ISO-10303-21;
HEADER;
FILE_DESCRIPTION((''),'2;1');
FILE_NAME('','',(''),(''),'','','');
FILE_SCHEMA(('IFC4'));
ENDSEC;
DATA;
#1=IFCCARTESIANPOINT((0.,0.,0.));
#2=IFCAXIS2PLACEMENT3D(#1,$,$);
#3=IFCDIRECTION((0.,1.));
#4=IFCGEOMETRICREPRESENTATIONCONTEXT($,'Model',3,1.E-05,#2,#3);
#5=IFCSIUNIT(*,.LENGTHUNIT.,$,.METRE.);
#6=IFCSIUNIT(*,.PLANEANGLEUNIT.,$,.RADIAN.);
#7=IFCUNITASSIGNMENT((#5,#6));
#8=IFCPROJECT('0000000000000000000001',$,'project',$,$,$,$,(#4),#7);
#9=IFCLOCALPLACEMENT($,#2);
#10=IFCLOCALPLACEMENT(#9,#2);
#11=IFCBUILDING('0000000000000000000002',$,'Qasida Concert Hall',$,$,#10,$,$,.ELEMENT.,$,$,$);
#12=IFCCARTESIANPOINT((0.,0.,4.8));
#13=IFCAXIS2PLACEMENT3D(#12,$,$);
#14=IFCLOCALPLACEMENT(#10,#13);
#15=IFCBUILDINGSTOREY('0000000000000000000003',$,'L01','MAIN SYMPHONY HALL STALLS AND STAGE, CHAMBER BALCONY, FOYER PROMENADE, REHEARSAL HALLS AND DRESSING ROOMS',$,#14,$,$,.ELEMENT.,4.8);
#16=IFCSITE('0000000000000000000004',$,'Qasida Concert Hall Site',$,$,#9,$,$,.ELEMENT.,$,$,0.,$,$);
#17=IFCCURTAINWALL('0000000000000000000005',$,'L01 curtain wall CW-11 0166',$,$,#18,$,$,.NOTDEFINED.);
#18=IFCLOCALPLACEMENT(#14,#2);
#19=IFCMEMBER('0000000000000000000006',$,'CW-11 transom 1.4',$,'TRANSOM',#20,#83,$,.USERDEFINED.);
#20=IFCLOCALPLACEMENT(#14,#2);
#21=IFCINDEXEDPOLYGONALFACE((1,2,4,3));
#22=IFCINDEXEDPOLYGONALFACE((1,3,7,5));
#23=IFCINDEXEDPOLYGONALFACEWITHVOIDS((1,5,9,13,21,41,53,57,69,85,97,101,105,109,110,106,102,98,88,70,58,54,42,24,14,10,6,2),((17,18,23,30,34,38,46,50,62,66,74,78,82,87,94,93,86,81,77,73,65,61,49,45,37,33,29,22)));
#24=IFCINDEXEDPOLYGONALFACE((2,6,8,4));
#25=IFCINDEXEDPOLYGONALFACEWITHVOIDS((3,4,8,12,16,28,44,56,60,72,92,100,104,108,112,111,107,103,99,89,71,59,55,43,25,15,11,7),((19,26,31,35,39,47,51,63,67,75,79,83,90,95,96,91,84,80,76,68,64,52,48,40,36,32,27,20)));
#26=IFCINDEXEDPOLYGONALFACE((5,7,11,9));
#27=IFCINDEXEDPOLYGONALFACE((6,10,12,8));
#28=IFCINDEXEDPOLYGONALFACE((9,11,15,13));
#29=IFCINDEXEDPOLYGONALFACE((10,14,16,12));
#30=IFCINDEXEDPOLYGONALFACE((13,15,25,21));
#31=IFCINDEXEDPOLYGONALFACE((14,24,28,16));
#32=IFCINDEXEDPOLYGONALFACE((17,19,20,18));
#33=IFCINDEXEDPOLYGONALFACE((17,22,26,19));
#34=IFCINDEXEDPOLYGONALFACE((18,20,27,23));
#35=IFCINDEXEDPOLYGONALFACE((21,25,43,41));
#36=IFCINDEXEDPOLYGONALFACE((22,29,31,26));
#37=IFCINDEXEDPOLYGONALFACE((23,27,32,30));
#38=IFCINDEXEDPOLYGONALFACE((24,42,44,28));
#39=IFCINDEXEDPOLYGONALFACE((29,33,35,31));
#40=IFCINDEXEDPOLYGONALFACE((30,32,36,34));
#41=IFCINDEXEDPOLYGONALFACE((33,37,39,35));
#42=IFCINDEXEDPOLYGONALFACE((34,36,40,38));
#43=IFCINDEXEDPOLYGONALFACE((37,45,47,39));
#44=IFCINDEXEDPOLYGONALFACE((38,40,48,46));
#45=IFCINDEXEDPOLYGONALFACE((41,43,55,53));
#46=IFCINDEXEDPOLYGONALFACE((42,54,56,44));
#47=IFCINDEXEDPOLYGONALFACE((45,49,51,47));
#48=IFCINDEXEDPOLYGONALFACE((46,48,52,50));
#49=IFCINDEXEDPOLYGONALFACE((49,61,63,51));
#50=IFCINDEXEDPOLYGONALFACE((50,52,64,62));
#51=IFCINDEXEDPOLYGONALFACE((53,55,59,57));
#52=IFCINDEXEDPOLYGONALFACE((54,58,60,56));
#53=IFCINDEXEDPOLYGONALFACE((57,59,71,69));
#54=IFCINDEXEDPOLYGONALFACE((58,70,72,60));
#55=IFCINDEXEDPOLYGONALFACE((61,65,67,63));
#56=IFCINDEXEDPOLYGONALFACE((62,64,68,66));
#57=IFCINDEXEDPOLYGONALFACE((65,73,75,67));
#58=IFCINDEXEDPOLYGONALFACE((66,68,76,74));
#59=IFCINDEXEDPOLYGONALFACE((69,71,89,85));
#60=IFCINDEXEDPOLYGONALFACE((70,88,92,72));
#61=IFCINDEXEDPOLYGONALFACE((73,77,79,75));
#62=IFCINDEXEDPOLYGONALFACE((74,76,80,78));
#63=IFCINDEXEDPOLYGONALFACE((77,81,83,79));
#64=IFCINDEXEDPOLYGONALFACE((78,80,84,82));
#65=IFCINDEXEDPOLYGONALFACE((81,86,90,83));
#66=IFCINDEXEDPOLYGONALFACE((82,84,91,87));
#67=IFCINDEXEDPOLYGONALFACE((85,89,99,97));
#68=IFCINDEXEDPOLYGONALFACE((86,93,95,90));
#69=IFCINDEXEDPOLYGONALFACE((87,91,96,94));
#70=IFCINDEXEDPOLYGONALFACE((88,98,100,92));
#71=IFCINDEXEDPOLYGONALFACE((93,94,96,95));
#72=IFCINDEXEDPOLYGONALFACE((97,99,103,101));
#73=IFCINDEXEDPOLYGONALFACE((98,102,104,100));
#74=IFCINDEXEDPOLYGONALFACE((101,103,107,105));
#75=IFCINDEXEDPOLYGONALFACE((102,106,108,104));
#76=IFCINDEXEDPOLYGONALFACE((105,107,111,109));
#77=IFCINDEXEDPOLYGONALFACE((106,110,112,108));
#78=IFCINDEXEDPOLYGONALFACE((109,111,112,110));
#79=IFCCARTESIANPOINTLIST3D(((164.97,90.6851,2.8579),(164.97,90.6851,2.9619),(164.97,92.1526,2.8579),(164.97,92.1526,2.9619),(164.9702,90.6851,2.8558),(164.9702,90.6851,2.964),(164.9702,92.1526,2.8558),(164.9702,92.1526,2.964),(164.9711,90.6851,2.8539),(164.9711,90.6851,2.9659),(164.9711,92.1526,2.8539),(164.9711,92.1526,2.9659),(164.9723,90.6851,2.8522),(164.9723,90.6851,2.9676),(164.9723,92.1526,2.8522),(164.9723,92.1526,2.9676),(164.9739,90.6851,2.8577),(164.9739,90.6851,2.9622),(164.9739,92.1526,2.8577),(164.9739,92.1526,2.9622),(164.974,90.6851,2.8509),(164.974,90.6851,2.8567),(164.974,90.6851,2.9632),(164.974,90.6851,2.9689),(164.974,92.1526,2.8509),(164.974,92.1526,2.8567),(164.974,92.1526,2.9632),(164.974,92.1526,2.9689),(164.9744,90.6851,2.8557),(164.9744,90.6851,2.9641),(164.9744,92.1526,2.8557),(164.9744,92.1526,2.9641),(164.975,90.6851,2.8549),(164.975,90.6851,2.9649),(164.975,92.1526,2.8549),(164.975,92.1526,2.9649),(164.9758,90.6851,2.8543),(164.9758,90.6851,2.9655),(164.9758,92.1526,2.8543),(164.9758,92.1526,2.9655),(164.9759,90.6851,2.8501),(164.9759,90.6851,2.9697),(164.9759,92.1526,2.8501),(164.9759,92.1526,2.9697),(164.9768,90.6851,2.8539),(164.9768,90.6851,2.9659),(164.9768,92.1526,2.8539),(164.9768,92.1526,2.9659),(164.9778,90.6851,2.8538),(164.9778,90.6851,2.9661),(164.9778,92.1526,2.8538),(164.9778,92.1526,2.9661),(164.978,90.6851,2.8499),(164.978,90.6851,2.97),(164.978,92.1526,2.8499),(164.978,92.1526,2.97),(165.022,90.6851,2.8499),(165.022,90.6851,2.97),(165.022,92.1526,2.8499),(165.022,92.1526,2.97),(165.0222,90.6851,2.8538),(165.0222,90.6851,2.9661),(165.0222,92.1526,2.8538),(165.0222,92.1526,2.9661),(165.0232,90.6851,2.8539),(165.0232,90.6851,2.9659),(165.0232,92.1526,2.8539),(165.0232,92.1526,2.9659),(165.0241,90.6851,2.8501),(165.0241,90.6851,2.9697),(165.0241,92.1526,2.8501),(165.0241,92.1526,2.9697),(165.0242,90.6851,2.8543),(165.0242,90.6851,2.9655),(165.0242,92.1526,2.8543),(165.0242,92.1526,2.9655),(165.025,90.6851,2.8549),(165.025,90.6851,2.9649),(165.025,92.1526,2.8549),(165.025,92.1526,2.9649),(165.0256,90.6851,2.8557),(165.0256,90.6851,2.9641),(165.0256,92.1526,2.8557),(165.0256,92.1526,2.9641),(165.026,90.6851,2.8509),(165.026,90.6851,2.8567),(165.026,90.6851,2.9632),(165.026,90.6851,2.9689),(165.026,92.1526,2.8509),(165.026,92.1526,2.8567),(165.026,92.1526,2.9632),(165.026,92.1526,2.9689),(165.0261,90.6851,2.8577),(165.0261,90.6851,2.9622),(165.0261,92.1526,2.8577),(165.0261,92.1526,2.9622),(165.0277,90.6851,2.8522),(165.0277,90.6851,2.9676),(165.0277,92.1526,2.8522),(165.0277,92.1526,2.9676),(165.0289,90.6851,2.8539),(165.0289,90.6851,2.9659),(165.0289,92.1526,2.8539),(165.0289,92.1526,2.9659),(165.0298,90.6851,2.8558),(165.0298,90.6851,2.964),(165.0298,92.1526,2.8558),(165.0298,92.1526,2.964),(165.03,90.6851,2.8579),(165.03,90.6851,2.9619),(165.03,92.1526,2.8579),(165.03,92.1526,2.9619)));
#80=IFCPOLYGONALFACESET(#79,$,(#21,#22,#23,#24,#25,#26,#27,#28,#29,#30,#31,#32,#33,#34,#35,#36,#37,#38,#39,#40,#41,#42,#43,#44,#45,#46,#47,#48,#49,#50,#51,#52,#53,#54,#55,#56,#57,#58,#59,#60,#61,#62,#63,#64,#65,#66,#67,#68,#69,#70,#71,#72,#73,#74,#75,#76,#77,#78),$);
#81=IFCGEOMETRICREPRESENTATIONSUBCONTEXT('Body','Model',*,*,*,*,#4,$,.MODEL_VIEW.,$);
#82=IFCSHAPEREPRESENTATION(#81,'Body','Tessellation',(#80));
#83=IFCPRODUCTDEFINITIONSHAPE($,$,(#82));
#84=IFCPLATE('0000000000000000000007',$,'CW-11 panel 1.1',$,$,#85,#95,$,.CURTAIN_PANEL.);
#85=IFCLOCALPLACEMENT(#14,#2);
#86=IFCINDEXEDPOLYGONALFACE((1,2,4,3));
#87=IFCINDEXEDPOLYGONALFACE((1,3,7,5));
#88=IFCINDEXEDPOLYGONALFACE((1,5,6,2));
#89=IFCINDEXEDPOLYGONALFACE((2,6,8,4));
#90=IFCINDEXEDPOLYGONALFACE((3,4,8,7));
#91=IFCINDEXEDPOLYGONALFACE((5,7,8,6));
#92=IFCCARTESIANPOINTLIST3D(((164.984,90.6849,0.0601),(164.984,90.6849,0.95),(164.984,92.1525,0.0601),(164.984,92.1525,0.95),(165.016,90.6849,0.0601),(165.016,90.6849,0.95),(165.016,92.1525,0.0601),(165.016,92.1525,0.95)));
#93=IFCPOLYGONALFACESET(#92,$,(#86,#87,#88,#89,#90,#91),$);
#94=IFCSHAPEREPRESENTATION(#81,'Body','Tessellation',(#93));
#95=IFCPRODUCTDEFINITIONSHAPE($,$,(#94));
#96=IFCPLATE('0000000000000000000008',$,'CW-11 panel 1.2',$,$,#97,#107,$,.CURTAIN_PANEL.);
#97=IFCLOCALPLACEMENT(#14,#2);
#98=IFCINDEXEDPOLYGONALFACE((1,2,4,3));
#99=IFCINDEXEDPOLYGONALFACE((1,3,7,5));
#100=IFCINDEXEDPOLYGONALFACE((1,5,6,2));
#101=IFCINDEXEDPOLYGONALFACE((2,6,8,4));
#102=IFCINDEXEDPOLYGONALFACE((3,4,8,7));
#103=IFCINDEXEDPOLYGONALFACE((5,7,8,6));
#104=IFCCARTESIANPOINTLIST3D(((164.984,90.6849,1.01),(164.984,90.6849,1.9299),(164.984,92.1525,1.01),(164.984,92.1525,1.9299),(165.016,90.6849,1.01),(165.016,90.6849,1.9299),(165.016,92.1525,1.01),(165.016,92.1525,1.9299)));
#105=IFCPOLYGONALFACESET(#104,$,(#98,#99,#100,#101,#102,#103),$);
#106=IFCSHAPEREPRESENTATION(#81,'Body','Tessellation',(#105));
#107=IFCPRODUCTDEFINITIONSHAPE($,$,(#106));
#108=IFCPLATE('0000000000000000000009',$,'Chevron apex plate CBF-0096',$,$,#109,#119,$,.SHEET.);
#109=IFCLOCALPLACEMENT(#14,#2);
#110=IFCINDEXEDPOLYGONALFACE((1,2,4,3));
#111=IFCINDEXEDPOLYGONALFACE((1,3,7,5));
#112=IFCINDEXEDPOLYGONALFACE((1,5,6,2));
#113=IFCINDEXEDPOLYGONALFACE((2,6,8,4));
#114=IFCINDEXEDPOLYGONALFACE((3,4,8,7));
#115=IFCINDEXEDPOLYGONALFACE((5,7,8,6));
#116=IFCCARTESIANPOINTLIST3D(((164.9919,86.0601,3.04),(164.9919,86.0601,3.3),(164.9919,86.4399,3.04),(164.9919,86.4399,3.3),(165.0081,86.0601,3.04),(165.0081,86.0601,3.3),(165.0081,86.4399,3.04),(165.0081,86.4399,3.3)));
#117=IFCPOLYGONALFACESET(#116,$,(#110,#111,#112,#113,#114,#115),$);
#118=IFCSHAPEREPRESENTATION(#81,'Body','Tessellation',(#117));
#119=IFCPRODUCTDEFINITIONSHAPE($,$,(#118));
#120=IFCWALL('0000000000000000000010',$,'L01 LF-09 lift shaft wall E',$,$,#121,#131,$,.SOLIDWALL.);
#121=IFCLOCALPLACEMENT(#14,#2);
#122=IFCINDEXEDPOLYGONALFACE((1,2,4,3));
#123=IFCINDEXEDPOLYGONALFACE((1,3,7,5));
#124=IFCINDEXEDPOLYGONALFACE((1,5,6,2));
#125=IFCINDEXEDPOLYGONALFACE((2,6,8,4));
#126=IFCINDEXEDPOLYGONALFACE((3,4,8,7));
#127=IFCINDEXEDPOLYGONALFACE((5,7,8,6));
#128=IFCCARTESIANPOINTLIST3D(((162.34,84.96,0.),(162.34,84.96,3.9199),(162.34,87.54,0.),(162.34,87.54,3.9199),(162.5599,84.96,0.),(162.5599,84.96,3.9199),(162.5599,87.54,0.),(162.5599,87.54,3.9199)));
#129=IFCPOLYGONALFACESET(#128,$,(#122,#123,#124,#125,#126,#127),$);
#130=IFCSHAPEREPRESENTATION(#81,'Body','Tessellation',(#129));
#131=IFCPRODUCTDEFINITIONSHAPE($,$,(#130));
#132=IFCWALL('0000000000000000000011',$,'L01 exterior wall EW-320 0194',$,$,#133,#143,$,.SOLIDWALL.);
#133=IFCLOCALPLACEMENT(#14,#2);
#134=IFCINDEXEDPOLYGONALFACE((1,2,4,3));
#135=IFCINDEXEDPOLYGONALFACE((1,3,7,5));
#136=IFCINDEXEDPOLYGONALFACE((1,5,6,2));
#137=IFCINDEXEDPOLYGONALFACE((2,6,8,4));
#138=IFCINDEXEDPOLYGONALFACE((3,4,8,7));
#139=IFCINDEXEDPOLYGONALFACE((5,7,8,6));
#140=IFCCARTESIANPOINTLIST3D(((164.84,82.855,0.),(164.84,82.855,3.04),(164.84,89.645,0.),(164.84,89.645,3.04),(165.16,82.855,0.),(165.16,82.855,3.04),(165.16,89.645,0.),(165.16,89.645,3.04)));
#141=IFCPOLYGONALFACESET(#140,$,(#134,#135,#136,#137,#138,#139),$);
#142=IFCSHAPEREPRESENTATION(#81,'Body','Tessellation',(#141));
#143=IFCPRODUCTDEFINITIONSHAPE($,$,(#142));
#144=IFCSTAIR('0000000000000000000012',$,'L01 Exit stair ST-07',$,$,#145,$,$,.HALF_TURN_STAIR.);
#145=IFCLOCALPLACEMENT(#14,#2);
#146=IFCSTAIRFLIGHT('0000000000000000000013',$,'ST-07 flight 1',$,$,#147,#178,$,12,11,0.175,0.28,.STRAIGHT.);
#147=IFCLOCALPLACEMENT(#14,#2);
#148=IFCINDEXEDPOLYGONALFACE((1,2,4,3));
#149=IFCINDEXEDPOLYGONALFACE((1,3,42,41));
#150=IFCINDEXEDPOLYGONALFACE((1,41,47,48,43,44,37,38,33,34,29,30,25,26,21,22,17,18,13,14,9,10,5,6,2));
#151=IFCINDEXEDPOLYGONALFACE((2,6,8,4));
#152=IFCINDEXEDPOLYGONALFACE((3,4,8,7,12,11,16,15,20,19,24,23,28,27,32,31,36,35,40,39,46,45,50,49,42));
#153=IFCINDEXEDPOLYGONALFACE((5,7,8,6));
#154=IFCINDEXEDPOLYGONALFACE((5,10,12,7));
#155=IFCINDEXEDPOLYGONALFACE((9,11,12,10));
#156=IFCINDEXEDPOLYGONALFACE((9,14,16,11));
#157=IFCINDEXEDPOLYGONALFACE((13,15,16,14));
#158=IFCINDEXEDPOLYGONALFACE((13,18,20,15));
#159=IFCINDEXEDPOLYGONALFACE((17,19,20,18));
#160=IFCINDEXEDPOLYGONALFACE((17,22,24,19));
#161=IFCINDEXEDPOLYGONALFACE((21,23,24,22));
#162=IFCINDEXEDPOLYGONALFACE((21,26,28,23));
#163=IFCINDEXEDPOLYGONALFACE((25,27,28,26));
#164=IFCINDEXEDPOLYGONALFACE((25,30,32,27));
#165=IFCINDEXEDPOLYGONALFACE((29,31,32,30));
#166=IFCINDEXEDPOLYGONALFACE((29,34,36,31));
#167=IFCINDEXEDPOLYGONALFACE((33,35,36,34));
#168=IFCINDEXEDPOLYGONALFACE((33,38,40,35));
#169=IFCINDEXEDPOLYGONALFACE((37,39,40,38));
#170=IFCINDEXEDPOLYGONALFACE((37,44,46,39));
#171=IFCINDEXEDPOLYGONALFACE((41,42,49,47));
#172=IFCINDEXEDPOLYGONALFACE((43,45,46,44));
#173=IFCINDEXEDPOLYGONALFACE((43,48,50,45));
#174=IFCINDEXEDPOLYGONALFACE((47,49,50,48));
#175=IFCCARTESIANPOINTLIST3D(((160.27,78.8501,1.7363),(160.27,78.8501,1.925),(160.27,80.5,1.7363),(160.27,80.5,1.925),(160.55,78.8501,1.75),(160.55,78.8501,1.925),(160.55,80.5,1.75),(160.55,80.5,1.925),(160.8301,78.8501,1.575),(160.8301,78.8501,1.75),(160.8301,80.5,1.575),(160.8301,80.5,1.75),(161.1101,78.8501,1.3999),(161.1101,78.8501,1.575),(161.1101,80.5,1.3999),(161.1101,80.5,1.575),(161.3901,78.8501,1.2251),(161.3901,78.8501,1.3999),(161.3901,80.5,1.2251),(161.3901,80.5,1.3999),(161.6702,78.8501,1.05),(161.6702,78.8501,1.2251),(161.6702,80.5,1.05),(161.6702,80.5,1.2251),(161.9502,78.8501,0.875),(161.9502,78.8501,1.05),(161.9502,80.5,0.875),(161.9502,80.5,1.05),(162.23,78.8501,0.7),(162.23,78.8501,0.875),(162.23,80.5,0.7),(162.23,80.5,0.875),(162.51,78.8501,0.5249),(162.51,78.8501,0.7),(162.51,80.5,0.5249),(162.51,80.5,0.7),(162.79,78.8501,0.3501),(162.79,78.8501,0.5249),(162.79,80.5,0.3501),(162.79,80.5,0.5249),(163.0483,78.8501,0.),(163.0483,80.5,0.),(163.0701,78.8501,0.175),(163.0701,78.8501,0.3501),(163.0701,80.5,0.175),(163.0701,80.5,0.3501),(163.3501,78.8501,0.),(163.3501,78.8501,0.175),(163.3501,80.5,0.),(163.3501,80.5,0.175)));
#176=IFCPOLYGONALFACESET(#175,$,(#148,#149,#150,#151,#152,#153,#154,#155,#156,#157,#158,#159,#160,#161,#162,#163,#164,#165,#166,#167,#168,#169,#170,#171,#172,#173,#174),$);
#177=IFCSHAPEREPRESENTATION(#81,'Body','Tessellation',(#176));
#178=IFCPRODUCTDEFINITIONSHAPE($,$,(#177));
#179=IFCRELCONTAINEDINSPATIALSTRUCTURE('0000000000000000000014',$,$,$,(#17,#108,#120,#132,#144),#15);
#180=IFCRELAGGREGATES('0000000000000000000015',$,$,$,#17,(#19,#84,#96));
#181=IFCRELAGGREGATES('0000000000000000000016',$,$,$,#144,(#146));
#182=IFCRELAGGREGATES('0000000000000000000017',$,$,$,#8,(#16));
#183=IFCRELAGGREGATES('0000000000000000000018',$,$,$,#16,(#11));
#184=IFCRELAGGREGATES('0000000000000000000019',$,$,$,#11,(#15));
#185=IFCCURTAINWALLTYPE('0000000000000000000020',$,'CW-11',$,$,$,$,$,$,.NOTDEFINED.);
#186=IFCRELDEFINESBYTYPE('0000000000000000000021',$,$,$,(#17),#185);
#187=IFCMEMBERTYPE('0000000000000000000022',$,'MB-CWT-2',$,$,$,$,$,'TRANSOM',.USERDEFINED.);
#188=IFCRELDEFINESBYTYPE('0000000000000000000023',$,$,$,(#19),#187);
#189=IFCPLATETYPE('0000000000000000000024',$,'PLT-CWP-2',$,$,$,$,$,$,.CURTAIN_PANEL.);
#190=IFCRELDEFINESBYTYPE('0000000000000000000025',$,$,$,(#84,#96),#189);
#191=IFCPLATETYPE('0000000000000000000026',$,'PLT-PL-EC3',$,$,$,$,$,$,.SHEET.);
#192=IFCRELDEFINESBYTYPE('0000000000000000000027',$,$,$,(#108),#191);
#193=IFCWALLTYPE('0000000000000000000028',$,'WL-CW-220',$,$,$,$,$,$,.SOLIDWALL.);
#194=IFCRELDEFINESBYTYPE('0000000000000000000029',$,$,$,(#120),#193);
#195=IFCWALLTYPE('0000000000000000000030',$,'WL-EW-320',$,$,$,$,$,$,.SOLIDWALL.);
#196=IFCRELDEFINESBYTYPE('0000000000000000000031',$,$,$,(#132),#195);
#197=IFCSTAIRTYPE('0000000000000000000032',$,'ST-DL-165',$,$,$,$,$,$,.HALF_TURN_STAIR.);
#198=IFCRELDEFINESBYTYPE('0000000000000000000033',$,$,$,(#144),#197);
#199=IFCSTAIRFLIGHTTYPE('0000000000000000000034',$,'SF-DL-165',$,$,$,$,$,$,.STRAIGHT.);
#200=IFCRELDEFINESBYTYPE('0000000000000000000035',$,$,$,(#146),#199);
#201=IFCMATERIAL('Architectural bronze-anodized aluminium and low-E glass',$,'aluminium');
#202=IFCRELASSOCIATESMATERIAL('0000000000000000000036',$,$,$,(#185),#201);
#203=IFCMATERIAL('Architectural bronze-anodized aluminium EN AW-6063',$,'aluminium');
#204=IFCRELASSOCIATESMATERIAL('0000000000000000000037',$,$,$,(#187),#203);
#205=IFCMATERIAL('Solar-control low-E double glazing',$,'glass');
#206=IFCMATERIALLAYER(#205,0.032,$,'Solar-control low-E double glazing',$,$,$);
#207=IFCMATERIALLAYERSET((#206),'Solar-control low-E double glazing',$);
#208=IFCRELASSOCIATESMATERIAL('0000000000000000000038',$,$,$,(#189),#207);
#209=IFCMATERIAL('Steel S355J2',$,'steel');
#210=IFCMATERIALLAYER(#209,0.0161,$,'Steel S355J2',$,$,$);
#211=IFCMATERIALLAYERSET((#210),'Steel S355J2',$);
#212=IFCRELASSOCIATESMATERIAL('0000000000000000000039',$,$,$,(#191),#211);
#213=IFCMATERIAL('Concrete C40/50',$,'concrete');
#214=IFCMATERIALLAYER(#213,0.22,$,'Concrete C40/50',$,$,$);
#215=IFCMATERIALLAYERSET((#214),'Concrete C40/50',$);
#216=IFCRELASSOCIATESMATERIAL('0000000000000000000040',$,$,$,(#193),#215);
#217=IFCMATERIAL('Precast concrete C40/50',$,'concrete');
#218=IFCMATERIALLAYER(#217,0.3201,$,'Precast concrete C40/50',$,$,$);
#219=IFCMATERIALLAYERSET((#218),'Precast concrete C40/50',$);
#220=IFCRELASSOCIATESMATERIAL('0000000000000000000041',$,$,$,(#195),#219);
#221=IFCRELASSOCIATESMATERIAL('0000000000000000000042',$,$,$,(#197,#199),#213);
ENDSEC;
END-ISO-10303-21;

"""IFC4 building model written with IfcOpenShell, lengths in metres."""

from ifc_helpers import new_model, si_unit, direction, frame, frame_2d, origin, origin_2d, place, context, subcontext, project, spatial, polyline, rectangle, hollow_rectangle, outline, extrude, material, layer, layer_set, material_profile, profile_set, type_object, element, aggregate, save


model = new_model("IFC4")

# Units and contexts
model_context = context("Model", 3, precision=1e-05, world=origin(), true_north=direction((0.0, 1.0)))
body_context = subcontext(model_context, "Body", "Model", "MODEL_VIEW")
ifc_project = project(units=[si_unit("LENGTHUNIT", "METRE"), si_unit("PLANEANGLEUNIT", "RADIAN")], contexts=[model_context])

# Site, building, storey
site_placement = place(None, origin())
site = spatial("IfcSite", under=ifc_project, at=site_placement, Name="Qasida Concert Hall Site", CompositionType="ELEMENT", RefElevation=0.0)
building_placement = place(site_placement, origin())
building = spatial("IfcBuilding", under=site, at=building_placement, Name="Qasida Concert Hall", CompositionType="ELEMENT")
storey_placement = place(building_placement, frame((0.0, 0.0, 4.8)))
storey = spatial("IfcBuildingStorey", under=building, at=storey_placement, Name="L01", Description="MAIN SYMPHONY HALL STALLS AND STAGE, CHAMBER BALCONY, FOYER PROMENADE, REHEARSAL HALLS AND DRESSING ROOMS", CompositionType="ELEMENT", Elevation=4.8)

# Shared definitions
ifc_material_1 = material(Name="Concrete C40/50", Category="concrete")
ifc_material_2 = material(Name="Steel S355J2", Category="steel")

# Curtain wall, member, plates
ifc_material_3 = material(Name="Architectural bronze-anodized aluminium and low-E glass", Category="aluminium")
curtain_wall_type = type_object("IfcCurtainWallType", Name="CW-11", PredefinedType="NOTDEFINED", material=ifc_material_3)
curtain_wall_placement = place(storey_placement, origin())
curtain_wall = element("IfcCurtainWall", 1, at=curtain_wall_placement, inside=storey, type_object=curtain_wall_type, Name="L01 curtain wall CW-11 0166", PredefinedType="NOTDEFINED")
ifc_material_4 = material(Name="Architectural bronze-anodized aluminium EN AW-6063", Category="aluminium")
ifc_material_profile_1 = material_profile(ifc_material_4, hollow_rectangle(XDim=0.0601, YDim=0.1201, WallThickness=0.0039, InnerFilletRadius=0.0039, OuterFilletRadius=0.0081, at=origin_2d()), Name="CWT 120x60x4")
ifc_profile_set_1 = profile_set([ifc_material_profile_1], Name="Architectural bronze-anodized aluminium EN AW-6063")
member_type_1 = type_object("IfcMemberType", Name="MB-CWT-2", ElementType="TRANSOM", PredefinedType="USERDEFINED", material=ifc_profile_set_1)
member_1_placement = place(storey_placement, frame((165.0, 90.6851, 2.9099), z_axis=(0.0, 1.0, 0.0), x_axis=(-1.0, 0.0, 0.0)))
member_1 = element("IfcMember", 2, at=member_1_placement, type_object=member_type_1, Name="CW-11 transom 1.4", ObjectType="TRANSOM", PredefinedType="USERDEFINED", context=body_context, shape_type="SweptSolid", body=[
    extrude(hollow_rectangle(XDim=0.0601, YDim=0.1201, WallThickness=0.0039, InnerFilletRadius=0.0039, OuterFilletRadius=0.0081, at=origin_2d()), origin(), (0.0, 0.0, 1.0), 1.4675),
])
ifc_material_5 = material(Name="Solar-control low-E double glazing", Category="glass")
ifc_layer_1 = layer(ifc_material_5, 0.032, Name="Solar-control low-E double glazing")
ifc_layer_set_1 = layer_set([ifc_layer_1], Name="Solar-control low-E double glazing")
plate_type_1 = type_object("IfcPlateType", Name="PLT-CWP-2", PredefinedType="CURTAIN_PANEL", material=ifc_layer_set_1)
plate_1_placement = place(storey_placement, frame((165.0, 91.4187, 0.0601), z_axis=(0.0, 0.0, 1.0), x_axis=(0.0, 1.0, 0.0)))
plate_1 = element("IfcPlate", 3, at=plate_1_placement, type_object=plate_type_1, Name="CW-11 panel 1.1", PredefinedType="CURTAIN_PANEL", context=body_context, shape_type="SweptSolid", body=[
    extrude(rectangle(XDim=1.4675, YDim=0.032, at=origin_2d()), origin(), (0.0, 0.0, 1.0), 0.8899),
])
plate_2_placement = place(storey_placement, frame((165.0, 91.4187, 1.01), z_axis=(0.0, 0.0, 1.0), x_axis=(0.0, 1.0, 0.0)))
plate_2 = element("IfcPlate", 4, at=plate_2_placement, type_object=plate_type_1, Name="CW-11 panel 1.2", PredefinedType="CURTAIN_PANEL", context=body_context, shape_type="SweptSolid", body=[
    extrude(rectangle(XDim=1.4675, YDim=0.032, at=origin_2d()), origin(), (0.0, 0.0, 1.0), 0.9199),
])
aggregate(curtain_wall, [member_1, plate_1, plate_2])

# Plate
ifc_layer_2 = layer(ifc_material_2, 0.0161, Name="Steel S355J2")
ifc_layer_set_2 = layer_set([ifc_layer_2], Name="Steel S355J2")
plate_type_2 = type_object("IfcPlateType", Name="PLT-PL-EC3", PredefinedType="SHEET", material=ifc_layer_set_2)
plate_3_placement = place(storey_placement, frame((165.0, 86.25, 3.04), z_axis=(0.0, 0.0, 1.0), x_axis=(0.0, 1.0, 0.0)))
element("IfcPlate", 5, at=plate_3_placement, inside=storey, type_object=plate_type_2, Name="Chevron apex plate CBF-0096", PredefinedType="SHEET", context=body_context, shape_type="SweptSolid", body=[
    extrude(rectangle(XDim=0.3799, YDim=0.0161, at=origin_2d()), origin(), (0.0, 0.0, 1.0), 0.26),
])

# Walls
ifc_layer_3 = layer(ifc_material_1, 0.22, Name="Concrete C40/50")
ifc_layer_set_3 = layer_set([ifc_layer_3], Name="Concrete C40/50")
wall_type_1 = type_object("IfcWallType", Name="WL-CW-220", PredefinedType="SOLIDWALL", material=ifc_layer_set_3)
wall_1_placement = place(storey_placement, frame((162.45, 84.96, 0.0), z_axis=(0.0, 0.0, 1.0), x_axis=(0.0, 1.0, 0.0)))
element("IfcWall", 6, at=wall_1_placement, inside=storey, type_object=wall_type_1, Name="L01 LF-09 lift shaft wall E", PredefinedType="SOLIDWALL", context=body_context, shape_type="SweptSolid", body=[
    extrude(rectangle(XDim=2.5801, YDim=0.22, at=frame_2d((1.29, 0.0))), origin(), (0.0, 0.0, 1.0), 3.9199),
])
ifc_material_6 = material(Name="Precast concrete C40/50", Category="concrete")
ifc_layer_4 = layer(ifc_material_6, 0.3201, Name="Precast concrete C40/50")
ifc_layer_set_4 = layer_set([ifc_layer_4], Name="Precast concrete C40/50")
wall_type_2 = type_object("IfcWallType", Name="WL-EW-320", PredefinedType="SOLIDWALL", material=ifc_layer_set_4)
wall_2_placement = place(storey_placement, frame((165.0, 82.855, 0.0), z_axis=(0.0, 0.0, 1.0), x_axis=(0.0, 1.0, 0.0)))
element("IfcWall", 7, at=wall_2_placement, inside=storey, type_object=wall_type_2, Name="L01 exterior wall EW-320 0194", PredefinedType="SOLIDWALL", context=body_context, shape_type="SweptSolid", body=[
    extrude(rectangle(XDim=6.79, YDim=0.3201, at=frame_2d((3.395, 0.0))), origin(), (0.0, 0.0, 1.0), 3.04),
])

# Stair, stair flight
stair_type = type_object("IfcStairType", Name="ST-DL-165", PredefinedType="HALF_TURN_STAIR", material=ifc_material_1)
stair_placement = place(storey_placement, origin())
stair = element("IfcStair", 8, at=stair_placement, inside=storey, type_object=stair_type, Name="L01 Exit stair ST-07", PredefinedType="HALF_TURN_STAIR")
stair_flight_type = type_object("IfcStairFlightType", Name="SF-DL-165", PredefinedType="STRAIGHT", material=ifc_material_1)
stair_flight_placement = place(storey_placement, frame((163.3501, 79.675, 0.0), z_axis=(0.0, 0.0, 1.0), x_axis=(-1.0, 0.0, 0.0)))
stair_flight = element("IfcStairFlight", 9, at=stair_flight_placement, type_object=stair_flight_type, Name="ST-07 flight 1", NumberOfRisers=12, NumberOfTreads=11, PredefinedType="STRAIGHT", RiserHeight=0.175, TreadLength=0.28, context=body_context, shape_type="SweptSolid", body=[
    extrude(outline(polyline([(0.0, 0.0), (0.0, 0.175), (0.28, 0.175), (0.28, 0.3501), (0.5601, 0.3501), (0.5601, 0.5249), (0.8401, 0.5249), (0.8401, 0.7), (1.1201, 0.7), (1.1201, 0.875), (1.3999, 0.875), (1.3999, 1.05), (1.6799, 1.05), (1.6799, 1.2251), (1.96, 1.2251), (1.96, 1.3999), (2.24, 1.3999), (2.24, 1.575), (2.52, 1.575), (2.52, 1.75), (2.8, 1.75), (2.8, 1.925), (3.0801, 1.925), (3.0801, 2.1001), (3.0801, 1.7363), (0.3018, 0.0), (0.0, 0.0)])), frame((0.0, 0.825, 0.0), z_axis=(0.0, -1.0, 0.0), x_axis=(1.0, 0.0, 0.0)), (0.0, 0.0, 1.0), 1.6499),
])
aggregate(stair, [stair_flight])

save(model, "model.ifc")
